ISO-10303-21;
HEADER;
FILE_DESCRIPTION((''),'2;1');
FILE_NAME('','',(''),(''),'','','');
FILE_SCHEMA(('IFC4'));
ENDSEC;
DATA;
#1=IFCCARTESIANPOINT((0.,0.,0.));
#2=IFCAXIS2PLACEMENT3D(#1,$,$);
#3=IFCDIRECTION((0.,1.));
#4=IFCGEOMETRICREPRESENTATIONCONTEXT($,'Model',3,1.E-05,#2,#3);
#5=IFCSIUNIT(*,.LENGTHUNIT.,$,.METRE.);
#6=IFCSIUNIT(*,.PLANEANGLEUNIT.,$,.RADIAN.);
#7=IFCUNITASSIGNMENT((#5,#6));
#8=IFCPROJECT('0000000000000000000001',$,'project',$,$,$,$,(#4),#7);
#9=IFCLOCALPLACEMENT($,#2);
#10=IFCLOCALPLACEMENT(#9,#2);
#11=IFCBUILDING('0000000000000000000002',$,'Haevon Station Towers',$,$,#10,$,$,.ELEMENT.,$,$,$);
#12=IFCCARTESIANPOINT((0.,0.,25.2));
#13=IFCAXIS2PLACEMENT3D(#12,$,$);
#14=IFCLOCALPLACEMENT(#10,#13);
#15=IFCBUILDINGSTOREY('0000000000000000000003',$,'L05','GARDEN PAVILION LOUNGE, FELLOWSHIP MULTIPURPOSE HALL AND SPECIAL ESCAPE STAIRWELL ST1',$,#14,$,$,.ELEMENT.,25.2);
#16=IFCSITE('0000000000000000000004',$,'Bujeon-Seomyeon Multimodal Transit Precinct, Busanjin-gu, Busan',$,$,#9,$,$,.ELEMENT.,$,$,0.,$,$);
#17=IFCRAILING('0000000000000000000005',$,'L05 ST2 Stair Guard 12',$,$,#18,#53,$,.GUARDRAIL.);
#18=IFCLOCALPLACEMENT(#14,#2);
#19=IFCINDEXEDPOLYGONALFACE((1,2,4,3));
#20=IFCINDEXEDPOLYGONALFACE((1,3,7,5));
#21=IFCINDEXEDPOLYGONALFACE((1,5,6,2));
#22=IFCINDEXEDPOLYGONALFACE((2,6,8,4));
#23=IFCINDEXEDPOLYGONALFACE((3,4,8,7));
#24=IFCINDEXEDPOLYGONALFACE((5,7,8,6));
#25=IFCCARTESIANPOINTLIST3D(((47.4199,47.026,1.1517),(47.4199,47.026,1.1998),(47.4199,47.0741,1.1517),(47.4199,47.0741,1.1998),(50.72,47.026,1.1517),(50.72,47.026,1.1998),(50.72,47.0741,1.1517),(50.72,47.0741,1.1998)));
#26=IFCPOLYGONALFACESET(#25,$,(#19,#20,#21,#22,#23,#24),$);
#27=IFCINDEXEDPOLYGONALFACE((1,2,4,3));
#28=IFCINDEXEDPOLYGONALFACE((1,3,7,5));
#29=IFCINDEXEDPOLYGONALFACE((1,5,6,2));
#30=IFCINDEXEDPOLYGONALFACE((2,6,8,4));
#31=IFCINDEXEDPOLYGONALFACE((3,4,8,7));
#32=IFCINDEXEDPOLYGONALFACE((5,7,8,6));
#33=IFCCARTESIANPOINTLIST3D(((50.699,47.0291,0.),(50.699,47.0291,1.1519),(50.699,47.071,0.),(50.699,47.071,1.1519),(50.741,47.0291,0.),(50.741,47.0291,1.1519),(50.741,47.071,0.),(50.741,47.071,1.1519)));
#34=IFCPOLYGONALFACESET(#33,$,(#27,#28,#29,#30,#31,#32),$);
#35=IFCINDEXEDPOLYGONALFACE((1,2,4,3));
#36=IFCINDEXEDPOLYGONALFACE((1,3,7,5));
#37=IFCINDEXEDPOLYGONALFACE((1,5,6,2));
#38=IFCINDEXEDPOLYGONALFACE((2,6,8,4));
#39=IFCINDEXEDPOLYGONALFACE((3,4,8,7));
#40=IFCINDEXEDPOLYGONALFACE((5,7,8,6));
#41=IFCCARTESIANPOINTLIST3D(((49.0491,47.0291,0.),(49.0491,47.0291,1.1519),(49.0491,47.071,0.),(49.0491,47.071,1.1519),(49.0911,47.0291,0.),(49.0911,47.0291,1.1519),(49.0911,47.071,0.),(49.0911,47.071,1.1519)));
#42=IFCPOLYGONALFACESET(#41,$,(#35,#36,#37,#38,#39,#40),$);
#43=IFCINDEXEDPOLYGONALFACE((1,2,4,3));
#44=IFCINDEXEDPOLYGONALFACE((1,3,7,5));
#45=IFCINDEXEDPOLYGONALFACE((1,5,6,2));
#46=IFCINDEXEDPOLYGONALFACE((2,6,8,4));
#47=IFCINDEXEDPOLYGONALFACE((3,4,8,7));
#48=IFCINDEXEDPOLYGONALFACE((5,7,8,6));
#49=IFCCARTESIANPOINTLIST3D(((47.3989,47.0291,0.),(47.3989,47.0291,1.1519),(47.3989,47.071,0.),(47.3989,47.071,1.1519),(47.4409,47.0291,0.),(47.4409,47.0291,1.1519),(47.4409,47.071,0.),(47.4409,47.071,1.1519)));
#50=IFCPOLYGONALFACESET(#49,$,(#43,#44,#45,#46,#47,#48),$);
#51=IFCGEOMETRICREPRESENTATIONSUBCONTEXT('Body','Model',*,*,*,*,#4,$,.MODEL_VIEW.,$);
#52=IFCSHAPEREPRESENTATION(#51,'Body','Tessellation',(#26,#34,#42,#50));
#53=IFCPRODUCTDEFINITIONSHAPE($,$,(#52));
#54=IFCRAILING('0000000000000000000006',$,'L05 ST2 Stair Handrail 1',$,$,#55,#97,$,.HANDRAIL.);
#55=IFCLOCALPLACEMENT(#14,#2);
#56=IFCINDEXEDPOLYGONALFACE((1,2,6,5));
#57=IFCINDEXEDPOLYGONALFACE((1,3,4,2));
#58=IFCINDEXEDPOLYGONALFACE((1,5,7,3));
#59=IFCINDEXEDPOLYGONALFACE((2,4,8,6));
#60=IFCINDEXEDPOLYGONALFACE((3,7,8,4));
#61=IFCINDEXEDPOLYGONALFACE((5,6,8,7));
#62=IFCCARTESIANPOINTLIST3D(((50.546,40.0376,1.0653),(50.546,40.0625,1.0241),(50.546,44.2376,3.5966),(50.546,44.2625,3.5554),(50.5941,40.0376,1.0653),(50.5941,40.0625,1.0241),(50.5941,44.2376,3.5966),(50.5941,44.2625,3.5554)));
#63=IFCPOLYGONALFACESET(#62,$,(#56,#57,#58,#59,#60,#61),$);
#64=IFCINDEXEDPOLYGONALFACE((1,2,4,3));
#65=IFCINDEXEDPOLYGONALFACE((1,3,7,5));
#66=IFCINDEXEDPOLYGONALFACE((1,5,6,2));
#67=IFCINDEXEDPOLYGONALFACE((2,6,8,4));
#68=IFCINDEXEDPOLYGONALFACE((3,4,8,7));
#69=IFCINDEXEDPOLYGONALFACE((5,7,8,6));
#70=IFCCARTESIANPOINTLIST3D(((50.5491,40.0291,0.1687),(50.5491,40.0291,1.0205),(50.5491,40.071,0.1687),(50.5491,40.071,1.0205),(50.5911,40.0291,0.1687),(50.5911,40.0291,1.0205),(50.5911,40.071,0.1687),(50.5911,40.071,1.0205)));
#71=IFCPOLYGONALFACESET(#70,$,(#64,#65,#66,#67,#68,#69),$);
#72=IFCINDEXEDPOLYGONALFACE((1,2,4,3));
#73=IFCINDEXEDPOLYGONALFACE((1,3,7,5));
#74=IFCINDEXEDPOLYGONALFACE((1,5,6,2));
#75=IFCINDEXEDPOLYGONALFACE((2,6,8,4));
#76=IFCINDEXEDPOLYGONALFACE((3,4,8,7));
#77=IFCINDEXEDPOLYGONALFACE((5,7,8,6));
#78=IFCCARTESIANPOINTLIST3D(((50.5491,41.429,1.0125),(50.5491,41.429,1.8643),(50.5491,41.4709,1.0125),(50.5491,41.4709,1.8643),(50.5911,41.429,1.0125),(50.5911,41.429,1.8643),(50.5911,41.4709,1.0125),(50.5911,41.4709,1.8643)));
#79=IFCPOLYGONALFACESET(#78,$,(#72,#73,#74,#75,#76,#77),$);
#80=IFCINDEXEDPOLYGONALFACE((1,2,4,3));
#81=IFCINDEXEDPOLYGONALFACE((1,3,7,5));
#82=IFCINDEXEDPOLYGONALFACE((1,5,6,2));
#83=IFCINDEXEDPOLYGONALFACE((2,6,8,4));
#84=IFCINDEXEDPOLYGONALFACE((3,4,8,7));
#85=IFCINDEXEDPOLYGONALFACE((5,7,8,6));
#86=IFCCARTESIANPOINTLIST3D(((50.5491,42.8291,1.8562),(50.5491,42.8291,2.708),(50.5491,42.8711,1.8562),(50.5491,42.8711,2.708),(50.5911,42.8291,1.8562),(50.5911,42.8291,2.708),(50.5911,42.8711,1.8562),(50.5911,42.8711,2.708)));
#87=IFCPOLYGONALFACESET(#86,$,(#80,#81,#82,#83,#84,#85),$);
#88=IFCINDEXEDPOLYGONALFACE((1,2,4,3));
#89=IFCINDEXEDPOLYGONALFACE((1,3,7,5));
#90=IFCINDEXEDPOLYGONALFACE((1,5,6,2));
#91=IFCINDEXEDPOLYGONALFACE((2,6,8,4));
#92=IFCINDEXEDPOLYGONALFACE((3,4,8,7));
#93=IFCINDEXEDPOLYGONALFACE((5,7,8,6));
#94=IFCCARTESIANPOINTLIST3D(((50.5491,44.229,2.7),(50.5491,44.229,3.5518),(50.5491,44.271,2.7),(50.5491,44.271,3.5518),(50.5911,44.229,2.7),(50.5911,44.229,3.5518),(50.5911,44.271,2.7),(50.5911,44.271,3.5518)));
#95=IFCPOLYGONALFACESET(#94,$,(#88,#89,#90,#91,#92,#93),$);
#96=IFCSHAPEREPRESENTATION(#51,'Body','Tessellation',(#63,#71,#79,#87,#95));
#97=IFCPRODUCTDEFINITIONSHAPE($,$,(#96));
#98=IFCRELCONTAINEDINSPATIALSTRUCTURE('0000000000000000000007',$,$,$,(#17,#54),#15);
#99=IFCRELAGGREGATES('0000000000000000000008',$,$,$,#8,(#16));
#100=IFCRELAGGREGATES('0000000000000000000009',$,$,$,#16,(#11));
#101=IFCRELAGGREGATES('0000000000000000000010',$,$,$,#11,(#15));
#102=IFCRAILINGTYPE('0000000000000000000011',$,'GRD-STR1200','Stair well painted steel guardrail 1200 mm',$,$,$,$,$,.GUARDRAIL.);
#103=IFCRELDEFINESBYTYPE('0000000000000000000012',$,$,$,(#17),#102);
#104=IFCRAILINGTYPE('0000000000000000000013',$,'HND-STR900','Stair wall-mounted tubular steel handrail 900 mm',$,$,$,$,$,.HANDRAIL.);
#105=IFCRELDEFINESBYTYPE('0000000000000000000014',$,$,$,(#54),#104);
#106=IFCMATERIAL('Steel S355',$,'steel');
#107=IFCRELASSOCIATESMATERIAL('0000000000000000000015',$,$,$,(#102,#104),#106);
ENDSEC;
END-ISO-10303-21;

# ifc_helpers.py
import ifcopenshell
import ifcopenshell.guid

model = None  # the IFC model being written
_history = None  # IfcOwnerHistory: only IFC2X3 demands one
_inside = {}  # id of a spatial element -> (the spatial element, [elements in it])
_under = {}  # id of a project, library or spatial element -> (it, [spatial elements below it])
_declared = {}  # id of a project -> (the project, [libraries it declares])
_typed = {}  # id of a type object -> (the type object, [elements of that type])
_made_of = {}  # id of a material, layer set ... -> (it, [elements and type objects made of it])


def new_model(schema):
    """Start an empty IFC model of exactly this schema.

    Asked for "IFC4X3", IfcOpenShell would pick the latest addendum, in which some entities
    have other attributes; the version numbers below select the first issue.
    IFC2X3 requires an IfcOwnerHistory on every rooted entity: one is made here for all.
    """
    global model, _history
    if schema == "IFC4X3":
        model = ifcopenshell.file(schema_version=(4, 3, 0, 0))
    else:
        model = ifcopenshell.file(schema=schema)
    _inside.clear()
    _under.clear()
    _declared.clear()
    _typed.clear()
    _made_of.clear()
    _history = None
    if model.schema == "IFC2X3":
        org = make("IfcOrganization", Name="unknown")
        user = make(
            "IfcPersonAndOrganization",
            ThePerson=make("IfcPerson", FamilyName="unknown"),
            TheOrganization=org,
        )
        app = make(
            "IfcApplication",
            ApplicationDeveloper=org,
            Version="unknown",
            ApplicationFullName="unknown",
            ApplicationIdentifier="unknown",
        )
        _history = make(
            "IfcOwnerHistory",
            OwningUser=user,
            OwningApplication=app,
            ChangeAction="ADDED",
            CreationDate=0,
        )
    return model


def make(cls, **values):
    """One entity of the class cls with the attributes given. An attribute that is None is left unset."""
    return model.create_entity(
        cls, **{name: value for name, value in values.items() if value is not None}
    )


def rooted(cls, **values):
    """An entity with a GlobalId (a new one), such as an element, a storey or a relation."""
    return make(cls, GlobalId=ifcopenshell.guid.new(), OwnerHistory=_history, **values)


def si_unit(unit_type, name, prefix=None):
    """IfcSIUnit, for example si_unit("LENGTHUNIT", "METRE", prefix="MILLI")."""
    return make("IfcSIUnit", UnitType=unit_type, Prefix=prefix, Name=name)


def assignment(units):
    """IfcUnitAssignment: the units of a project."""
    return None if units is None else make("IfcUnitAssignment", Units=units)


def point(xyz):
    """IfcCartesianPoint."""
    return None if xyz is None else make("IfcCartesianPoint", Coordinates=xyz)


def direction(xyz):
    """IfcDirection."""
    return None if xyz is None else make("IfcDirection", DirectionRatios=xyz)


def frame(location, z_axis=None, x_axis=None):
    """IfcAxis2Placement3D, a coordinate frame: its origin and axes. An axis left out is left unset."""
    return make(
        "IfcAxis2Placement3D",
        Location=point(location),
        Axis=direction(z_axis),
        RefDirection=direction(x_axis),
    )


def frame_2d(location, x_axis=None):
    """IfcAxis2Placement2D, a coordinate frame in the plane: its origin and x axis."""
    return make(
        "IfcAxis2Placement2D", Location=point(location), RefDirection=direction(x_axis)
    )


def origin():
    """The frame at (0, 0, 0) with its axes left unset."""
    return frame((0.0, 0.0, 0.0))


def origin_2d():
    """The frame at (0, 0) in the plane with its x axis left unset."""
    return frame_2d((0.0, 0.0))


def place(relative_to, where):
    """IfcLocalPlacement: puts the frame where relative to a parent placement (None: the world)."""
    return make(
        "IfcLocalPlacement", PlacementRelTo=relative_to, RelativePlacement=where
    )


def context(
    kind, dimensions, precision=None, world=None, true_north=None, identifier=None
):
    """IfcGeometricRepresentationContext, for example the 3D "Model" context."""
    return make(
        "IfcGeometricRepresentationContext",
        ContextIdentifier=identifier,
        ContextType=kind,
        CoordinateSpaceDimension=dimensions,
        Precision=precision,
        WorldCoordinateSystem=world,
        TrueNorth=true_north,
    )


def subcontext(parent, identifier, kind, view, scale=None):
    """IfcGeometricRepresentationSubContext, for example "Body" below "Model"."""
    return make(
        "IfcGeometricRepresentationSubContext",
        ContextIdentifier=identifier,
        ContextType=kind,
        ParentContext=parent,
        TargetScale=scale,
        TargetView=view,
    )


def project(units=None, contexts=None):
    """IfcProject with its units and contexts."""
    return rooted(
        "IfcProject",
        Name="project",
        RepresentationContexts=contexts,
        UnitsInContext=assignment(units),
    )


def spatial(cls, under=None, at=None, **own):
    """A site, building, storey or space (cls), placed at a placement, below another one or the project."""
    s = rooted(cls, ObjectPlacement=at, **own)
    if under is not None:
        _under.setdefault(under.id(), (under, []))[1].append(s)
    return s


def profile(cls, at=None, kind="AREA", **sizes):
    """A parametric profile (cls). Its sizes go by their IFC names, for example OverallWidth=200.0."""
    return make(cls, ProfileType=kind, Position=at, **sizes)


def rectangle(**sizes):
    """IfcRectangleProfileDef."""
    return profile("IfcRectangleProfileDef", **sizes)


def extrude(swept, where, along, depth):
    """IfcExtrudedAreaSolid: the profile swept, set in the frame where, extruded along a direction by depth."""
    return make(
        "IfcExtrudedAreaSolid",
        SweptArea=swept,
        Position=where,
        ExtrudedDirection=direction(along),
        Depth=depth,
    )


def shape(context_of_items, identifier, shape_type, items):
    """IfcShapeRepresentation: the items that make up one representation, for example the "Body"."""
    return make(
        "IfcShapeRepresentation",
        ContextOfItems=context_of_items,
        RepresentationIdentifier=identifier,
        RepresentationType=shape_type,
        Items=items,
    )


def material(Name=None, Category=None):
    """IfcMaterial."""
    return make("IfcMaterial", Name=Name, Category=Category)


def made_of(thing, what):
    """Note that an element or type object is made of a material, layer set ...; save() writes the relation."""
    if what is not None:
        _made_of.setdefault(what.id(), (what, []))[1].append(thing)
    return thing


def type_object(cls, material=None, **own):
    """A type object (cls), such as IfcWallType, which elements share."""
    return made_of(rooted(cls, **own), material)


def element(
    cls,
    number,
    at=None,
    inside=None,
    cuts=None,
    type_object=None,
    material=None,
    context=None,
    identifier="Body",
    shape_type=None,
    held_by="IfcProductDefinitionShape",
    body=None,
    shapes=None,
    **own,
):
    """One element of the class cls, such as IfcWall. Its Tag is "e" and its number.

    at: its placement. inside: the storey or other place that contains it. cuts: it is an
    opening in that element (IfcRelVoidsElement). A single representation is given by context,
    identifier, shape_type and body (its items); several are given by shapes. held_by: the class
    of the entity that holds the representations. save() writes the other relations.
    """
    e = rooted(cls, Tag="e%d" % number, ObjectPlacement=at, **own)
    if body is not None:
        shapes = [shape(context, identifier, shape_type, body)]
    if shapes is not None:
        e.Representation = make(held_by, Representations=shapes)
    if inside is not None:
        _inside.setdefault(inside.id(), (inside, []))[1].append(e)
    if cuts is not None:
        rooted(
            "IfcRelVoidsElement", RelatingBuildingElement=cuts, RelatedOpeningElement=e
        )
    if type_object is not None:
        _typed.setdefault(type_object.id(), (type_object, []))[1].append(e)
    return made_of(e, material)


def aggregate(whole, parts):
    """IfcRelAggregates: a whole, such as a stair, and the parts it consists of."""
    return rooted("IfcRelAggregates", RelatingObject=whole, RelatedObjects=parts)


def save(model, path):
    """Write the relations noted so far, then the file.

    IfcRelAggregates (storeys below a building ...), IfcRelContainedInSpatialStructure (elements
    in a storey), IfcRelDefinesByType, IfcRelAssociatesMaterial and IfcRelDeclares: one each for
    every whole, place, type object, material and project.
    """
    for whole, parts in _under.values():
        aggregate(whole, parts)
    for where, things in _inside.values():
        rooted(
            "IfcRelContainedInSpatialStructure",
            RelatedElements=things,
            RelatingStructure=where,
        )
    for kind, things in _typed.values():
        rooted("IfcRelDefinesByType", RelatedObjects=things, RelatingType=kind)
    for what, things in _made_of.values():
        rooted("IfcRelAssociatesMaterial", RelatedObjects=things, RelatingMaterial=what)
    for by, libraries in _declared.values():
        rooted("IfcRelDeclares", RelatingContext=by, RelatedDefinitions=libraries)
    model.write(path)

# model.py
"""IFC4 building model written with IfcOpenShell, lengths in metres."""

from ifc_helpers import new_model, si_unit, direction, frame, origin, origin_2d, place, context, subcontext, project, spatial, rectangle, extrude, material, type_object, element, save


model = new_model("IFC4")

# Units and contexts
model_context = context("Model", 3, precision=1e-05, world=origin(), true_north=direction((0.0, 1.0)))
body_context = subcontext(model_context, "Body", "Model", "MODEL_VIEW")
ifc_project = project(units=[si_unit("LENGTHUNIT", "METRE"), si_unit("PLANEANGLEUNIT", "RADIAN")], contexts=[model_context])

# Site, building, storey
site_placement = place(None, origin())
site = spatial("IfcSite", under=ifc_project, at=site_placement, Name="Bujeon-Seomyeon Multimodal Transit Precinct, Busanjin-gu, Busan", CompositionType="ELEMENT", RefElevation=0.0)
building_placement = place(site_placement, origin())
building = spatial("IfcBuilding", under=site, at=building_placement, Name="Haevon Station Towers", CompositionType="ELEMENT")
storey_placement = place(building_placement, frame((0.0, 0.0, 25.2)))
storey = spatial("IfcBuildingStorey", under=building, at=storey_placement, Name="L05", Description="GARDEN PAVILION LOUNGE, FELLOWSHIP MULTIPURPOSE HALL AND SPECIAL ESCAPE STAIRWELL ST1", CompositionType="ELEMENT", Elevation=25.2)

# Shared definitions
ifc_material_1 = material(Name="Steel S355", Category="steel")

# Railings
railing_type_1 = type_object("IfcRailingType", Name="GRD-STR1200", Description="Stair well painted steel guardrail 1200 mm", PredefinedType="GUARDRAIL", material=ifc_material_1)
railing_1_placement = place(storey_placement, frame((50.72, 47.05, 0.0)))
element("IfcRailing", 1, at=railing_1_placement, inside=storey, type_object=railing_type_1, Name="L05 ST2 Stair Guard 12", PredefinedType="GUARDRAIL", context=body_context, shape_type="SweptSolid", body=[
    extrude(rectangle(XDim=0.0481, YDim=0.0481, at=origin_2d()), frame((0.0, 0.0, 1.1758), z_axis=(-1.0, 0.0, 0.0), x_axis=(0.0, -1.0, 0.0)), (0.0, 0.0, 1.0), 3.3),
    extrude(rectangle(XDim=0.042, YDim=0.042, at=origin_2d()), origin(), (0.0, 0.0, 1.0), 1.1519),
    extrude(rectangle(XDim=0.042, YDim=0.042, at=origin_2d()), frame((-1.6499, 0.0, 0.0)), (0.0, 0.0, 1.0), 1.1519),
    extrude(rectangle(XDim=0.042, YDim=0.042, at=origin_2d()), frame((-3.3, 0.0, 0.0)), (0.0, 0.0, 1.0), 1.1519),
])
railing_type_2 = type_object("IfcRailingType", Name="HND-STR900", Description="Stair wall-mounted tubular steel handrail 900 mm", PredefinedType="HANDRAIL", material=ifc_material_1)
railing_2_placement = place(storey_placement, frame((50.5701, 40.05, 0.1687)))
element("IfcRailing", 2, at=railing_2_placement, inside=storey, type_object=railing_type_2, Name="L05 ST2 Stair Handrail 1", PredefinedType="HANDRAIL", context=body_context, shape_type="SweptSolid", body=[
    extrude(rectangle(XDim=0.0481, YDim=0.0481, at=origin_2d()), frame((0.0, 0.0, 0.876), z_axis=(0.0, 0.856476, 0.516186), x_axis=(-1.0, 0.0, 0.0)), (0.0, 0.0, 1.0), 4.9038),
    extrude(rectangle(XDim=0.042, YDim=0.042, at=origin_2d()), origin(), (0.0, 0.0, 1.0), 0.8518),
    extrude(rectangle(XDim=0.042, YDim=0.042, at=origin_2d()), frame((0.0, 1.3999, 0.8438)), (0.0, 0.0, 1.0), 0.8518),
    extrude(rectangle(XDim=0.042, YDim=0.042, at=origin_2d()), frame((0.0, 2.8, 1.6875)), (0.0, 0.0, 1.0), 0.8518),
    extrude(rectangle(XDim=0.042, YDim=0.042, at=origin_2d()), frame((0.0, 4.2, 2.5312)), (0.0, 0.0, 1.0), 0.8518),
])

save(model, "model.ifc")
